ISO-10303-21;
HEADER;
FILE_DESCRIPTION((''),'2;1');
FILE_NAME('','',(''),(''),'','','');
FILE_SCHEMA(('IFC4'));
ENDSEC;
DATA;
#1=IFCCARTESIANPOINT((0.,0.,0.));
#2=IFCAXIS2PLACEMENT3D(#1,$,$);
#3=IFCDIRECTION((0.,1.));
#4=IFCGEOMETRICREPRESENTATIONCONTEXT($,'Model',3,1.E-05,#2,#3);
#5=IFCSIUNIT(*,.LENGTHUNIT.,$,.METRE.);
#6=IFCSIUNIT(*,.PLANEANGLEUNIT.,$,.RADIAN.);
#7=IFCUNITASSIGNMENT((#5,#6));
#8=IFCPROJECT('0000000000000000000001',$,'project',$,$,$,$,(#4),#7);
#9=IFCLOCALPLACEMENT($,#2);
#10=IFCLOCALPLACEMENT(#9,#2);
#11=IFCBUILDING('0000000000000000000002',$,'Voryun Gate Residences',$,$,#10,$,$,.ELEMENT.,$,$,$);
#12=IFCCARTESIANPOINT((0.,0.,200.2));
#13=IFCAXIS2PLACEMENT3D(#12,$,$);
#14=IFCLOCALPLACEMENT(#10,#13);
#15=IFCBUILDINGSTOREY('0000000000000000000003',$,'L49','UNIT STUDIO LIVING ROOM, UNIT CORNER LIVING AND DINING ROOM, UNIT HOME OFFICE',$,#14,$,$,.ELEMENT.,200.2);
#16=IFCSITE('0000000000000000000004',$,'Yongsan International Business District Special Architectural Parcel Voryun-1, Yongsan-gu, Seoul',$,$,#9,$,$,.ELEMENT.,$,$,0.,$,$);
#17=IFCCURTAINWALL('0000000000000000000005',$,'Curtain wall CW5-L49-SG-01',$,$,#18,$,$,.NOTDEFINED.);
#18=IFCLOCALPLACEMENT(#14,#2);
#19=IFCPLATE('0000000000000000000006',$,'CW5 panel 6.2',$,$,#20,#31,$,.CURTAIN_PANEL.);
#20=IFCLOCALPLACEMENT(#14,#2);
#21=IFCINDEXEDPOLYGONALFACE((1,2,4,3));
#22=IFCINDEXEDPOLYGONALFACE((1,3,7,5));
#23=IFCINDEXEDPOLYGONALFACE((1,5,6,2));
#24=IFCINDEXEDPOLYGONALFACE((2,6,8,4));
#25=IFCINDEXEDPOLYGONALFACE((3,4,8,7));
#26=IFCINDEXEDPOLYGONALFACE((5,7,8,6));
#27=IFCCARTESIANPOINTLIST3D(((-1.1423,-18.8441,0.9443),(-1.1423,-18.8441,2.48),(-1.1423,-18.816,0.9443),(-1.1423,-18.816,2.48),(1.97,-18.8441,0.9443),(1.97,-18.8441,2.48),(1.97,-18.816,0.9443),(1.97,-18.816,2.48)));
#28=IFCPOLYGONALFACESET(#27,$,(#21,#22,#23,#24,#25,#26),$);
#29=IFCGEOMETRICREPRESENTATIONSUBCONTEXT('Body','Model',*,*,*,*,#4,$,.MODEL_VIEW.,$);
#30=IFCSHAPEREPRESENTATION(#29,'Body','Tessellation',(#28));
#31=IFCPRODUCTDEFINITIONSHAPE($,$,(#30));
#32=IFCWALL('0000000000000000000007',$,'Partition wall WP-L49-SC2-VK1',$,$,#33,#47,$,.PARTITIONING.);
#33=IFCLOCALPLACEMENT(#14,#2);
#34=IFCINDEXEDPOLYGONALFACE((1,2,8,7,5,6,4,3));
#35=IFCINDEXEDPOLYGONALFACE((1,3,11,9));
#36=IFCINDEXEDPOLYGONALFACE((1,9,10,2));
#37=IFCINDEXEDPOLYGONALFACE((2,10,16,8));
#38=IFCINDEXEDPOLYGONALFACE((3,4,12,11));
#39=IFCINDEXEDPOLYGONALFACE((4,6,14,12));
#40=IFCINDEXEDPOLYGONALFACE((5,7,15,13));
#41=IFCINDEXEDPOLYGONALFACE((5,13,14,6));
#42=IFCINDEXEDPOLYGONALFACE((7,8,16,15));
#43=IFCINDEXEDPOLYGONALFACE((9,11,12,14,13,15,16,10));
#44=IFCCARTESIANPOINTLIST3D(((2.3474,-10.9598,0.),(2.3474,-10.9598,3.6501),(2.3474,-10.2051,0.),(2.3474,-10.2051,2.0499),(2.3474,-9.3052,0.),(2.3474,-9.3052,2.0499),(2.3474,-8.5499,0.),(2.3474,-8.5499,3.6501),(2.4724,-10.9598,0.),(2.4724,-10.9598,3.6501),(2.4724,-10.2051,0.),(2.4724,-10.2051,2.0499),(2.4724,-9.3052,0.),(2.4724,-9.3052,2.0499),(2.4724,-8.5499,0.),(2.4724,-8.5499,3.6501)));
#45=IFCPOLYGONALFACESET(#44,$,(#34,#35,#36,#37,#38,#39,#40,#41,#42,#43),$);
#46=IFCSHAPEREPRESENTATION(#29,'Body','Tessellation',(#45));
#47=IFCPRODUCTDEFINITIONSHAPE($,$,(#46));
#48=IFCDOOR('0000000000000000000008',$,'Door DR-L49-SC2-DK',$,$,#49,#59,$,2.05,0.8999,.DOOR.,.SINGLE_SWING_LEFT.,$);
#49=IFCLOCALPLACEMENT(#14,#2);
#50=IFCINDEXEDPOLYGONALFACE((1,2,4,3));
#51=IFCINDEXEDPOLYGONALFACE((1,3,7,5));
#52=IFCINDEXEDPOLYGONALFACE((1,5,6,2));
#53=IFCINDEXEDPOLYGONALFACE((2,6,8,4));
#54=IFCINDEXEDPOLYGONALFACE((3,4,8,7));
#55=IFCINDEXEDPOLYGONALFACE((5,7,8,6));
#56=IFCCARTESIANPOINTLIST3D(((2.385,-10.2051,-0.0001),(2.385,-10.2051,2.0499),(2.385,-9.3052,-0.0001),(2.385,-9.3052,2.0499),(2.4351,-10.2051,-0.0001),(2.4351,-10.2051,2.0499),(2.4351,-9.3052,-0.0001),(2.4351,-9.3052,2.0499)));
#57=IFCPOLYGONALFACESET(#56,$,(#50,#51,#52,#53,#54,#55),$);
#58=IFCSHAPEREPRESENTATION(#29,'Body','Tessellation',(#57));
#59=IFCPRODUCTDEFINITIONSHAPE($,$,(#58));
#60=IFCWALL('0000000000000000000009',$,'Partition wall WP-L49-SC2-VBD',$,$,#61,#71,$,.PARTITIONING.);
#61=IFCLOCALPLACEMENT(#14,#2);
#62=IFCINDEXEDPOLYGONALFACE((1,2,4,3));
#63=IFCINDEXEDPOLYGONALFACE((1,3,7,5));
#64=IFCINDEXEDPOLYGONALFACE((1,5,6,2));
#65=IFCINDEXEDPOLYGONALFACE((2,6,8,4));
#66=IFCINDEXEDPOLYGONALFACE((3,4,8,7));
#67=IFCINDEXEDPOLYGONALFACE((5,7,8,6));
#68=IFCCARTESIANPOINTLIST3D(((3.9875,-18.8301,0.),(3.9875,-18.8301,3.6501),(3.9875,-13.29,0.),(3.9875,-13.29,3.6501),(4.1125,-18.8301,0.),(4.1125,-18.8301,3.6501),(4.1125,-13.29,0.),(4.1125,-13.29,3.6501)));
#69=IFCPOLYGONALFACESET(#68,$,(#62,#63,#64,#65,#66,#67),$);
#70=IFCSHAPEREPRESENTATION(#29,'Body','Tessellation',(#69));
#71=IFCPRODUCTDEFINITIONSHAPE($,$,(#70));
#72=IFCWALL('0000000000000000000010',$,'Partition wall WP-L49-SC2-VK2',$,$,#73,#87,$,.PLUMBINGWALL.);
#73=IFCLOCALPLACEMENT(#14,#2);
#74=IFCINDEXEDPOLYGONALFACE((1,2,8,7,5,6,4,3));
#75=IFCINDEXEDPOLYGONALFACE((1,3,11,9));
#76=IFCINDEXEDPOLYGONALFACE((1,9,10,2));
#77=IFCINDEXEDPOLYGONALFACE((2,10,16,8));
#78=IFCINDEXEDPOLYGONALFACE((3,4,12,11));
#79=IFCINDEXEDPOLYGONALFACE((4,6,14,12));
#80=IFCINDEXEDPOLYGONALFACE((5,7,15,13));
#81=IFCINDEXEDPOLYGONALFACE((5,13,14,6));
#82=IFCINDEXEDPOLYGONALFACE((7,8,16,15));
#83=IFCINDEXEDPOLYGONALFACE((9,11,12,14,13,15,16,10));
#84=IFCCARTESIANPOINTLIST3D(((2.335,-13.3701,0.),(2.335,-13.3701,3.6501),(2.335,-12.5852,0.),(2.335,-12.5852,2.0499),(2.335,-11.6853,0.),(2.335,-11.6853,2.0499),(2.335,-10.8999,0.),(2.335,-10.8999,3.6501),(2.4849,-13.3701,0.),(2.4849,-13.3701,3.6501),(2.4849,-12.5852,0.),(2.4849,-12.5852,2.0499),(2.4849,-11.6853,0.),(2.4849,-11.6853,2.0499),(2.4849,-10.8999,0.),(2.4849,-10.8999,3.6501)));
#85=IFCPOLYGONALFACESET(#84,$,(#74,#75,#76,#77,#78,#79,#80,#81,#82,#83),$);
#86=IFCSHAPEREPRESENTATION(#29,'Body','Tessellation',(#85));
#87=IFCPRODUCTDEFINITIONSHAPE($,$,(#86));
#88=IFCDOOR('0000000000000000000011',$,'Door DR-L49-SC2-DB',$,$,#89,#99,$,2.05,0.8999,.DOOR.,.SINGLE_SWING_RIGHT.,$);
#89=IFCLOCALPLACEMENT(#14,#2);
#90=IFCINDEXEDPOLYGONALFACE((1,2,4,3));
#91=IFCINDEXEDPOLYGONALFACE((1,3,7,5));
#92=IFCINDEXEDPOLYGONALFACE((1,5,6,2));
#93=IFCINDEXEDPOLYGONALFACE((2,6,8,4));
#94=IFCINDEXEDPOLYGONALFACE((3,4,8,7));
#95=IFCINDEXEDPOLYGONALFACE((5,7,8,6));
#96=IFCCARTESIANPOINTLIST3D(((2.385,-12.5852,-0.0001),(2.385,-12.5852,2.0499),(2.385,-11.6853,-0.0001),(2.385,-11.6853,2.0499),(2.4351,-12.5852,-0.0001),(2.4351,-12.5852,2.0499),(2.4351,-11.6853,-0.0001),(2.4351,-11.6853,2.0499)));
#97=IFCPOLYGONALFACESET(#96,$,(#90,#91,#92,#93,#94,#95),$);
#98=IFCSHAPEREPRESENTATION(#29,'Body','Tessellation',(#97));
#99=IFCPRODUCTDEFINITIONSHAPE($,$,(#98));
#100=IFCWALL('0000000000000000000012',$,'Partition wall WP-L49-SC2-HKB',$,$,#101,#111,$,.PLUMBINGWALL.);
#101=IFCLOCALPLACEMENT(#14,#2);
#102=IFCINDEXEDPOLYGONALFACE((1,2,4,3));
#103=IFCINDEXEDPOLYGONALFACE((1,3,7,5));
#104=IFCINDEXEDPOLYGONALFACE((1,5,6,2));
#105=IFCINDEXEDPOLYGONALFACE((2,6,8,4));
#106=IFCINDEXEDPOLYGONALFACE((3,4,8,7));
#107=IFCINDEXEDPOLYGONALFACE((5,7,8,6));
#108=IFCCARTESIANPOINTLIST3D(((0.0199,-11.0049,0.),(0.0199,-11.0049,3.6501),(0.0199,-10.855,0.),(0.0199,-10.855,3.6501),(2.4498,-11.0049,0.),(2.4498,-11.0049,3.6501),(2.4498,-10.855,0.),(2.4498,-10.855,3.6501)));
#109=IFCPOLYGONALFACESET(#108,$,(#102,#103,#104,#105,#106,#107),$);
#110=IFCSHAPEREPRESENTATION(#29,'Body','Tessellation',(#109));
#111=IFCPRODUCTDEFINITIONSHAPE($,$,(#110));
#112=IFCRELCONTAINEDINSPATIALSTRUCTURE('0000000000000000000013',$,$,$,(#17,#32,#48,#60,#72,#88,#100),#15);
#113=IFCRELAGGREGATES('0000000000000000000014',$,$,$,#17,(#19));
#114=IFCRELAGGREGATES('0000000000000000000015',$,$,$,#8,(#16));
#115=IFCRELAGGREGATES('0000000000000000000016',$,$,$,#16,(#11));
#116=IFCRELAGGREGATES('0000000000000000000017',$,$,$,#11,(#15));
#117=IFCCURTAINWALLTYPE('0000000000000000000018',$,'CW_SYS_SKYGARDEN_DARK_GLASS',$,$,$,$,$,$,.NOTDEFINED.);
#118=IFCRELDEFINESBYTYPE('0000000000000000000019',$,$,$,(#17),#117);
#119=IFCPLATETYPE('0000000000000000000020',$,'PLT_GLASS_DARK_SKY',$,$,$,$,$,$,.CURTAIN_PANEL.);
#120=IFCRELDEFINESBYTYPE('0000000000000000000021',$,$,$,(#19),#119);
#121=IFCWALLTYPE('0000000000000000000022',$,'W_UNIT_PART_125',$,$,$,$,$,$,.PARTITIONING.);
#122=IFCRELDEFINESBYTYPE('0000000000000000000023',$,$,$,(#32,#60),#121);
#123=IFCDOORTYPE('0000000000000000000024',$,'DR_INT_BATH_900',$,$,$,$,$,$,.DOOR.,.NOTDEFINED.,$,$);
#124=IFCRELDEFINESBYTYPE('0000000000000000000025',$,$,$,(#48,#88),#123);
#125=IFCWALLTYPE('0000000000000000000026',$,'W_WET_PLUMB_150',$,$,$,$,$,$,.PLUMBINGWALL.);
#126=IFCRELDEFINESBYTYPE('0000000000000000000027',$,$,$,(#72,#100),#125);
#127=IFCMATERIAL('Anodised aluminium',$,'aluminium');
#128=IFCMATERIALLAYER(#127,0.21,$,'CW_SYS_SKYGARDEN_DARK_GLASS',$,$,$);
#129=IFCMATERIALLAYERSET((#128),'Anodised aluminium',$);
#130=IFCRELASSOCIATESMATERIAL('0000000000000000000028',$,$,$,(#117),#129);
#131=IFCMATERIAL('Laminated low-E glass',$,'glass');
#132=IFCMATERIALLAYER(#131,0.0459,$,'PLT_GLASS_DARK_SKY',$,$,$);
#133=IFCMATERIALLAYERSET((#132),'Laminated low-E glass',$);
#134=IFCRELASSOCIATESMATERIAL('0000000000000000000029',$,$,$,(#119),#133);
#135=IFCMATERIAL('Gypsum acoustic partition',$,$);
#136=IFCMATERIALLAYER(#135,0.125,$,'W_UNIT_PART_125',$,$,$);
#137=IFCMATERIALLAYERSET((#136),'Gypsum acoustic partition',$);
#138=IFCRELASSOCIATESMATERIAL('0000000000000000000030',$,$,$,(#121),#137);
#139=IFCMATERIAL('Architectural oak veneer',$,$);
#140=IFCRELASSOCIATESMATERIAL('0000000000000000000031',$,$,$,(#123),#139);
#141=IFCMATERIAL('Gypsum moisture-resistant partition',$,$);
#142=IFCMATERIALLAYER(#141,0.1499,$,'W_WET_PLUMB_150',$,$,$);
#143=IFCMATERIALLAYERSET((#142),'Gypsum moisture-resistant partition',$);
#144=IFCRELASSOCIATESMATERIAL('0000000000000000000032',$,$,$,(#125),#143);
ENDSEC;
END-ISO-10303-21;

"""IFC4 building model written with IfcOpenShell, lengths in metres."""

from ifc_helpers import new_model, si_unit, direction, frame, frame_2d, origin, origin_2d, place, context, subcontext, project, spatial, rectangle, extrude, material, layer, layer_set, type_object, element, fill, aggregate, save


model = new_model("IFC4")

# Units and contexts
model_context = context("Model", 3, precision=1e-05, world=origin(), true_north=direction((0.0, 1.0)))
body_context = subcontext(model_context, "Body", "Model", "MODEL_VIEW")
ifc_project = project(units=[si_unit("LENGTHUNIT", "METRE"), si_unit("PLANEANGLEUNIT", "RADIAN")], contexts=[model_context])

# Site, building, storey
site_placement = place(None, origin())
site = spatial("IfcSite", under=ifc_project, at=site_placement, Name="Yongsan International Business District Special Architectural Parcel Voryun-1, Yongsan-gu, Seoul", CompositionType="ELEMENT", RefElevation=0.0)
building_placement = place(site_placement, origin())
building = spatial("IfcBuilding", under=site, at=building_placement, Name="Voryun Gate Residences", CompositionType="ELEMENT")
storey_placement = place(building_placement, frame((0.0, 0.0, 200.2)))
storey = spatial("IfcBuildingStorey", under=building, at=storey_placement, Name="L49", Description="UNIT STUDIO LIVING ROOM, UNIT CORNER LIVING AND DINING ROOM, UNIT HOME OFFICE", CompositionType="ELEMENT", Elevation=200.2)

# Curtain wall
ifc_material_1 = material(Name="Anodised aluminium", Category="aluminium")
ifc_layer_1 = layer(ifc_material_1, 0.21, Name="CW_SYS_SKYGARDEN_DARK_GLASS")
ifc_layer_set_1 = layer_set([ifc_layer_1], Name="Anodised aluminium")
curtain_wall_type = type_object("IfcCurtainWallType", Name="CW_SYS_SKYGARDEN_DARK_GLASS", PredefinedType="NOTDEFINED", material=ifc_layer_set_1)
curtain_wall_placement = place(storey_placement, origin())
curtain_wall = element("IfcCurtainWall", 1, at=curtain_wall_placement, inside=storey, type_object=curtain_wall_type, Name="Curtain wall CW5-L49-SG-01", PredefinedType="NOTDEFINED")

# Plate
ifc_material_2 = material(Name="Laminated low-E glass", Category="glass")
ifc_layer_2 = layer(ifc_material_2, 0.0459, Name="PLT_GLASS_DARK_SKY")
ifc_layer_set_2 = layer_set([ifc_layer_2], Name="Laminated low-E glass")
plate_type_1 = type_object("IfcPlateType", Name="PLT_GLASS_DARK_SKY", PredefinedType="CURTAIN_PANEL", material=ifc_layer_set_2)
plate_1_placement = place(storey_placement, frame((0.4138, -18.8301, 0.9443), z_axis=(0.0, 0.0, 1.0), x_axis=(-1.0, 0.0, 0.0)))
plate_1 = element("IfcPlate", 2, at=plate_1_placement, type_object=plate_type_1, Name="CW5 panel 6.2", PredefinedType="CURTAIN_PANEL", context=body_context, shape_type="SweptSolid", body=[
    extrude(rectangle(XDim=3.1123, YDim=0.0281, at=origin_2d()), origin(), (0.0, 0.0, 1.0), 1.5356),
])
aggregate(curtain_wall, [plate_1])

# Wall, opening, door
ifc_material_3 = material(Name="Gypsum acoustic partition")
ifc_layer_3 = layer(ifc_material_3, 0.125, Name="W_UNIT_PART_125")
ifc_layer_set_3 = layer_set([ifc_layer_3], Name="Gypsum acoustic partition")
wall_type_1 = type_object("IfcWallType", Name="W_UNIT_PART_125", PredefinedType="PARTITIONING", material=ifc_layer_set_3)
wall_1_placement = place(storey_placement, frame((2.4099, -10.96, 0.0), z_axis=(0.0, 0.0, 1.0), x_axis=(0.0, 1.0, 0.0)))
wall_1 = element("IfcWall", 3, at=wall_1_placement, inside=storey, type_object=wall_type_1, Name="Partition wall WP-L49-SC2-VK1", PredefinedType="PARTITIONING", context=body_context, shape_type="SweptSolid", body=[
    extrude(rectangle(XDim=2.4099, YDim=0.125, at=frame_2d((1.2051, 0.0))), origin(), (0.0, 0.0, 1.0), 3.6501),
])
opening_1_placement = place(wall_1_placement, frame((0.7549, 0.0, 0.0)))
opening_1 = element("IfcOpeningElement", 4, at=opening_1_placement, cuts=wall_1, PredefinedType="OPENING", context=body_context, shape_type="SweptSolid", body=[
    extrude(rectangle(XDim=0.8999, YDim=2.05, at=frame_2d((0.45, 1.0249))), frame((0.0, 0.0725, 0.0), z_axis=(0.0, -1.0, 0.0), x_axis=(1.0, 0.0, 0.0)), (0.0, 0.0, 1.0), 0.145),
])
ifc_material_4 = material(Name="Architectural oak veneer")
door_type = type_object("IfcDoorType", Name="DR_INT_BATH_900", OperationType="NOTDEFINED", PredefinedType="DOOR", material=ifc_material_4)
door_1_placement = place(opening_1_placement, origin())
door_1 = element("IfcDoor", 5, at=door_1_placement, inside=storey, type_object=door_type, Name="Door DR-L49-SC2-DK", OperationType="SINGLE_SWING_LEFT", OverallHeight=2.05, OverallWidth=0.8999, PredefinedType="DOOR", context=body_context, shape_type="SweptSolid", body=[
    extrude(rectangle(XDim=0.8999, YDim=2.05, at=frame_2d((0.45, 1.0249))), frame((0.0, 0.0249, 0.0), z_axis=(0.0, -1.0, 0.0), x_axis=(1.0, 0.0, 0.0)), (0.0, 0.0, 1.0), 0.05),
])
fill(opening_1, door_1)

# Wall
wall_2_placement = place(storey_placement, frame((4.05, -18.8301, 0.0), z_axis=(0.0, 0.0, 1.0), x_axis=(0.0, 1.0, 0.0)))
element("IfcWall", 6, at=wall_2_placement, inside=storey, type_object=wall_type_1, Name="Partition wall WP-L49-SC2-VBD", PredefinedType="PARTITIONING", context=body_context, shape_type="SweptSolid", body=[
    extrude(rectangle(XDim=5.54, YDim=0.125, at=frame_2d((2.77, 0.0))), origin(), (0.0, 0.0, 1.0), 3.6501),
])

# Wall, opening, door
ifc_material_5 = material(Name="Gypsum moisture-resistant partition")
ifc_layer_4 = layer(ifc_material_5, 0.1499, Name="W_WET_PLUMB_150")
ifc_layer_set_4 = layer_set([ifc_layer_4], Name="Gypsum moisture-resistant partition")
wall_type_2 = type_object("IfcWallType", Name="W_WET_PLUMB_150", PredefinedType="PLUMBINGWALL", material=ifc_layer_set_4)
wall_3_placement = place(storey_placement, frame((2.4099, -13.3701, 0.0), z_axis=(0.0, 0.0, 1.0), x_axis=(0.0, 1.0, 0.0)))
wall_3 = element("IfcWall", 7, at=wall_3_placement, inside=storey, type_object=wall_type_2, Name="Partition wall WP-L49-SC2-VK2", PredefinedType="PLUMBINGWALL", context=body_context, shape_type="SweptSolid", body=[
    extrude(rectangle(XDim=2.4702, YDim=0.1499, at=frame_2d((1.2351, 0.0))), origin(), (0.0, 0.0, 1.0), 3.6501),
])
opening_2_placement = place(wall_3_placement, frame((0.7849, 0.0, 0.0)))
opening_2 = element("IfcOpeningElement", 8, at=opening_2_placement, cuts=wall_3, PredefinedType="OPENING", context=body_context, shape_type="SweptSolid", body=[
    extrude(rectangle(XDim=0.8999, YDim=2.05, at=frame_2d((0.45, 1.0249))), frame((0.0, 0.085, 0.0), z_axis=(0.0, -1.0, 0.0), x_axis=(1.0, 0.0, 0.0)), (0.0, 0.0, 1.0), 0.1699),
])
door_2_placement = place(opening_2_placement, origin())
door_2 = element("IfcDoor", 9, at=door_2_placement, inside=storey, type_object=door_type, Name="Door DR-L49-SC2-DB", OperationType="SINGLE_SWING_RIGHT", OverallHeight=2.05, OverallWidth=0.8999, PredefinedType="DOOR", context=body_context, shape_type="SweptSolid", body=[
    extrude(rectangle(XDim=0.8999, YDim=2.05, at=frame_2d((0.45, 1.0249))), frame((0.0, 0.0249, 0.0), z_axis=(0.0, -1.0, 0.0), x_axis=(1.0, 0.0, 0.0)), (0.0, 0.0, 1.0), 0.05),
])
fill(opening_2, door_2)

# Wall
wall_4_placement = place(storey_placement, frame((0.02, -10.9299, 0.0), z_axis=(0.0, 0.0, 1.0), x_axis=(1.0, 0.0, 0.0)))
element("IfcWall", 10, at=wall_4_placement, inside=storey, type_object=wall_type_2, Name="Partition wall WP-L49-SC2-HKB", PredefinedType="PLUMBINGWALL", context=body_context, shape_type="SweptSolid", body=[
    extrude(rectangle(XDim=2.4299, YDim=0.1499, at=frame_2d((1.2148, 0.0))), origin(), (0.0, 0.0, 1.0), 3.6501),
])

save(model, "model.ifc")
